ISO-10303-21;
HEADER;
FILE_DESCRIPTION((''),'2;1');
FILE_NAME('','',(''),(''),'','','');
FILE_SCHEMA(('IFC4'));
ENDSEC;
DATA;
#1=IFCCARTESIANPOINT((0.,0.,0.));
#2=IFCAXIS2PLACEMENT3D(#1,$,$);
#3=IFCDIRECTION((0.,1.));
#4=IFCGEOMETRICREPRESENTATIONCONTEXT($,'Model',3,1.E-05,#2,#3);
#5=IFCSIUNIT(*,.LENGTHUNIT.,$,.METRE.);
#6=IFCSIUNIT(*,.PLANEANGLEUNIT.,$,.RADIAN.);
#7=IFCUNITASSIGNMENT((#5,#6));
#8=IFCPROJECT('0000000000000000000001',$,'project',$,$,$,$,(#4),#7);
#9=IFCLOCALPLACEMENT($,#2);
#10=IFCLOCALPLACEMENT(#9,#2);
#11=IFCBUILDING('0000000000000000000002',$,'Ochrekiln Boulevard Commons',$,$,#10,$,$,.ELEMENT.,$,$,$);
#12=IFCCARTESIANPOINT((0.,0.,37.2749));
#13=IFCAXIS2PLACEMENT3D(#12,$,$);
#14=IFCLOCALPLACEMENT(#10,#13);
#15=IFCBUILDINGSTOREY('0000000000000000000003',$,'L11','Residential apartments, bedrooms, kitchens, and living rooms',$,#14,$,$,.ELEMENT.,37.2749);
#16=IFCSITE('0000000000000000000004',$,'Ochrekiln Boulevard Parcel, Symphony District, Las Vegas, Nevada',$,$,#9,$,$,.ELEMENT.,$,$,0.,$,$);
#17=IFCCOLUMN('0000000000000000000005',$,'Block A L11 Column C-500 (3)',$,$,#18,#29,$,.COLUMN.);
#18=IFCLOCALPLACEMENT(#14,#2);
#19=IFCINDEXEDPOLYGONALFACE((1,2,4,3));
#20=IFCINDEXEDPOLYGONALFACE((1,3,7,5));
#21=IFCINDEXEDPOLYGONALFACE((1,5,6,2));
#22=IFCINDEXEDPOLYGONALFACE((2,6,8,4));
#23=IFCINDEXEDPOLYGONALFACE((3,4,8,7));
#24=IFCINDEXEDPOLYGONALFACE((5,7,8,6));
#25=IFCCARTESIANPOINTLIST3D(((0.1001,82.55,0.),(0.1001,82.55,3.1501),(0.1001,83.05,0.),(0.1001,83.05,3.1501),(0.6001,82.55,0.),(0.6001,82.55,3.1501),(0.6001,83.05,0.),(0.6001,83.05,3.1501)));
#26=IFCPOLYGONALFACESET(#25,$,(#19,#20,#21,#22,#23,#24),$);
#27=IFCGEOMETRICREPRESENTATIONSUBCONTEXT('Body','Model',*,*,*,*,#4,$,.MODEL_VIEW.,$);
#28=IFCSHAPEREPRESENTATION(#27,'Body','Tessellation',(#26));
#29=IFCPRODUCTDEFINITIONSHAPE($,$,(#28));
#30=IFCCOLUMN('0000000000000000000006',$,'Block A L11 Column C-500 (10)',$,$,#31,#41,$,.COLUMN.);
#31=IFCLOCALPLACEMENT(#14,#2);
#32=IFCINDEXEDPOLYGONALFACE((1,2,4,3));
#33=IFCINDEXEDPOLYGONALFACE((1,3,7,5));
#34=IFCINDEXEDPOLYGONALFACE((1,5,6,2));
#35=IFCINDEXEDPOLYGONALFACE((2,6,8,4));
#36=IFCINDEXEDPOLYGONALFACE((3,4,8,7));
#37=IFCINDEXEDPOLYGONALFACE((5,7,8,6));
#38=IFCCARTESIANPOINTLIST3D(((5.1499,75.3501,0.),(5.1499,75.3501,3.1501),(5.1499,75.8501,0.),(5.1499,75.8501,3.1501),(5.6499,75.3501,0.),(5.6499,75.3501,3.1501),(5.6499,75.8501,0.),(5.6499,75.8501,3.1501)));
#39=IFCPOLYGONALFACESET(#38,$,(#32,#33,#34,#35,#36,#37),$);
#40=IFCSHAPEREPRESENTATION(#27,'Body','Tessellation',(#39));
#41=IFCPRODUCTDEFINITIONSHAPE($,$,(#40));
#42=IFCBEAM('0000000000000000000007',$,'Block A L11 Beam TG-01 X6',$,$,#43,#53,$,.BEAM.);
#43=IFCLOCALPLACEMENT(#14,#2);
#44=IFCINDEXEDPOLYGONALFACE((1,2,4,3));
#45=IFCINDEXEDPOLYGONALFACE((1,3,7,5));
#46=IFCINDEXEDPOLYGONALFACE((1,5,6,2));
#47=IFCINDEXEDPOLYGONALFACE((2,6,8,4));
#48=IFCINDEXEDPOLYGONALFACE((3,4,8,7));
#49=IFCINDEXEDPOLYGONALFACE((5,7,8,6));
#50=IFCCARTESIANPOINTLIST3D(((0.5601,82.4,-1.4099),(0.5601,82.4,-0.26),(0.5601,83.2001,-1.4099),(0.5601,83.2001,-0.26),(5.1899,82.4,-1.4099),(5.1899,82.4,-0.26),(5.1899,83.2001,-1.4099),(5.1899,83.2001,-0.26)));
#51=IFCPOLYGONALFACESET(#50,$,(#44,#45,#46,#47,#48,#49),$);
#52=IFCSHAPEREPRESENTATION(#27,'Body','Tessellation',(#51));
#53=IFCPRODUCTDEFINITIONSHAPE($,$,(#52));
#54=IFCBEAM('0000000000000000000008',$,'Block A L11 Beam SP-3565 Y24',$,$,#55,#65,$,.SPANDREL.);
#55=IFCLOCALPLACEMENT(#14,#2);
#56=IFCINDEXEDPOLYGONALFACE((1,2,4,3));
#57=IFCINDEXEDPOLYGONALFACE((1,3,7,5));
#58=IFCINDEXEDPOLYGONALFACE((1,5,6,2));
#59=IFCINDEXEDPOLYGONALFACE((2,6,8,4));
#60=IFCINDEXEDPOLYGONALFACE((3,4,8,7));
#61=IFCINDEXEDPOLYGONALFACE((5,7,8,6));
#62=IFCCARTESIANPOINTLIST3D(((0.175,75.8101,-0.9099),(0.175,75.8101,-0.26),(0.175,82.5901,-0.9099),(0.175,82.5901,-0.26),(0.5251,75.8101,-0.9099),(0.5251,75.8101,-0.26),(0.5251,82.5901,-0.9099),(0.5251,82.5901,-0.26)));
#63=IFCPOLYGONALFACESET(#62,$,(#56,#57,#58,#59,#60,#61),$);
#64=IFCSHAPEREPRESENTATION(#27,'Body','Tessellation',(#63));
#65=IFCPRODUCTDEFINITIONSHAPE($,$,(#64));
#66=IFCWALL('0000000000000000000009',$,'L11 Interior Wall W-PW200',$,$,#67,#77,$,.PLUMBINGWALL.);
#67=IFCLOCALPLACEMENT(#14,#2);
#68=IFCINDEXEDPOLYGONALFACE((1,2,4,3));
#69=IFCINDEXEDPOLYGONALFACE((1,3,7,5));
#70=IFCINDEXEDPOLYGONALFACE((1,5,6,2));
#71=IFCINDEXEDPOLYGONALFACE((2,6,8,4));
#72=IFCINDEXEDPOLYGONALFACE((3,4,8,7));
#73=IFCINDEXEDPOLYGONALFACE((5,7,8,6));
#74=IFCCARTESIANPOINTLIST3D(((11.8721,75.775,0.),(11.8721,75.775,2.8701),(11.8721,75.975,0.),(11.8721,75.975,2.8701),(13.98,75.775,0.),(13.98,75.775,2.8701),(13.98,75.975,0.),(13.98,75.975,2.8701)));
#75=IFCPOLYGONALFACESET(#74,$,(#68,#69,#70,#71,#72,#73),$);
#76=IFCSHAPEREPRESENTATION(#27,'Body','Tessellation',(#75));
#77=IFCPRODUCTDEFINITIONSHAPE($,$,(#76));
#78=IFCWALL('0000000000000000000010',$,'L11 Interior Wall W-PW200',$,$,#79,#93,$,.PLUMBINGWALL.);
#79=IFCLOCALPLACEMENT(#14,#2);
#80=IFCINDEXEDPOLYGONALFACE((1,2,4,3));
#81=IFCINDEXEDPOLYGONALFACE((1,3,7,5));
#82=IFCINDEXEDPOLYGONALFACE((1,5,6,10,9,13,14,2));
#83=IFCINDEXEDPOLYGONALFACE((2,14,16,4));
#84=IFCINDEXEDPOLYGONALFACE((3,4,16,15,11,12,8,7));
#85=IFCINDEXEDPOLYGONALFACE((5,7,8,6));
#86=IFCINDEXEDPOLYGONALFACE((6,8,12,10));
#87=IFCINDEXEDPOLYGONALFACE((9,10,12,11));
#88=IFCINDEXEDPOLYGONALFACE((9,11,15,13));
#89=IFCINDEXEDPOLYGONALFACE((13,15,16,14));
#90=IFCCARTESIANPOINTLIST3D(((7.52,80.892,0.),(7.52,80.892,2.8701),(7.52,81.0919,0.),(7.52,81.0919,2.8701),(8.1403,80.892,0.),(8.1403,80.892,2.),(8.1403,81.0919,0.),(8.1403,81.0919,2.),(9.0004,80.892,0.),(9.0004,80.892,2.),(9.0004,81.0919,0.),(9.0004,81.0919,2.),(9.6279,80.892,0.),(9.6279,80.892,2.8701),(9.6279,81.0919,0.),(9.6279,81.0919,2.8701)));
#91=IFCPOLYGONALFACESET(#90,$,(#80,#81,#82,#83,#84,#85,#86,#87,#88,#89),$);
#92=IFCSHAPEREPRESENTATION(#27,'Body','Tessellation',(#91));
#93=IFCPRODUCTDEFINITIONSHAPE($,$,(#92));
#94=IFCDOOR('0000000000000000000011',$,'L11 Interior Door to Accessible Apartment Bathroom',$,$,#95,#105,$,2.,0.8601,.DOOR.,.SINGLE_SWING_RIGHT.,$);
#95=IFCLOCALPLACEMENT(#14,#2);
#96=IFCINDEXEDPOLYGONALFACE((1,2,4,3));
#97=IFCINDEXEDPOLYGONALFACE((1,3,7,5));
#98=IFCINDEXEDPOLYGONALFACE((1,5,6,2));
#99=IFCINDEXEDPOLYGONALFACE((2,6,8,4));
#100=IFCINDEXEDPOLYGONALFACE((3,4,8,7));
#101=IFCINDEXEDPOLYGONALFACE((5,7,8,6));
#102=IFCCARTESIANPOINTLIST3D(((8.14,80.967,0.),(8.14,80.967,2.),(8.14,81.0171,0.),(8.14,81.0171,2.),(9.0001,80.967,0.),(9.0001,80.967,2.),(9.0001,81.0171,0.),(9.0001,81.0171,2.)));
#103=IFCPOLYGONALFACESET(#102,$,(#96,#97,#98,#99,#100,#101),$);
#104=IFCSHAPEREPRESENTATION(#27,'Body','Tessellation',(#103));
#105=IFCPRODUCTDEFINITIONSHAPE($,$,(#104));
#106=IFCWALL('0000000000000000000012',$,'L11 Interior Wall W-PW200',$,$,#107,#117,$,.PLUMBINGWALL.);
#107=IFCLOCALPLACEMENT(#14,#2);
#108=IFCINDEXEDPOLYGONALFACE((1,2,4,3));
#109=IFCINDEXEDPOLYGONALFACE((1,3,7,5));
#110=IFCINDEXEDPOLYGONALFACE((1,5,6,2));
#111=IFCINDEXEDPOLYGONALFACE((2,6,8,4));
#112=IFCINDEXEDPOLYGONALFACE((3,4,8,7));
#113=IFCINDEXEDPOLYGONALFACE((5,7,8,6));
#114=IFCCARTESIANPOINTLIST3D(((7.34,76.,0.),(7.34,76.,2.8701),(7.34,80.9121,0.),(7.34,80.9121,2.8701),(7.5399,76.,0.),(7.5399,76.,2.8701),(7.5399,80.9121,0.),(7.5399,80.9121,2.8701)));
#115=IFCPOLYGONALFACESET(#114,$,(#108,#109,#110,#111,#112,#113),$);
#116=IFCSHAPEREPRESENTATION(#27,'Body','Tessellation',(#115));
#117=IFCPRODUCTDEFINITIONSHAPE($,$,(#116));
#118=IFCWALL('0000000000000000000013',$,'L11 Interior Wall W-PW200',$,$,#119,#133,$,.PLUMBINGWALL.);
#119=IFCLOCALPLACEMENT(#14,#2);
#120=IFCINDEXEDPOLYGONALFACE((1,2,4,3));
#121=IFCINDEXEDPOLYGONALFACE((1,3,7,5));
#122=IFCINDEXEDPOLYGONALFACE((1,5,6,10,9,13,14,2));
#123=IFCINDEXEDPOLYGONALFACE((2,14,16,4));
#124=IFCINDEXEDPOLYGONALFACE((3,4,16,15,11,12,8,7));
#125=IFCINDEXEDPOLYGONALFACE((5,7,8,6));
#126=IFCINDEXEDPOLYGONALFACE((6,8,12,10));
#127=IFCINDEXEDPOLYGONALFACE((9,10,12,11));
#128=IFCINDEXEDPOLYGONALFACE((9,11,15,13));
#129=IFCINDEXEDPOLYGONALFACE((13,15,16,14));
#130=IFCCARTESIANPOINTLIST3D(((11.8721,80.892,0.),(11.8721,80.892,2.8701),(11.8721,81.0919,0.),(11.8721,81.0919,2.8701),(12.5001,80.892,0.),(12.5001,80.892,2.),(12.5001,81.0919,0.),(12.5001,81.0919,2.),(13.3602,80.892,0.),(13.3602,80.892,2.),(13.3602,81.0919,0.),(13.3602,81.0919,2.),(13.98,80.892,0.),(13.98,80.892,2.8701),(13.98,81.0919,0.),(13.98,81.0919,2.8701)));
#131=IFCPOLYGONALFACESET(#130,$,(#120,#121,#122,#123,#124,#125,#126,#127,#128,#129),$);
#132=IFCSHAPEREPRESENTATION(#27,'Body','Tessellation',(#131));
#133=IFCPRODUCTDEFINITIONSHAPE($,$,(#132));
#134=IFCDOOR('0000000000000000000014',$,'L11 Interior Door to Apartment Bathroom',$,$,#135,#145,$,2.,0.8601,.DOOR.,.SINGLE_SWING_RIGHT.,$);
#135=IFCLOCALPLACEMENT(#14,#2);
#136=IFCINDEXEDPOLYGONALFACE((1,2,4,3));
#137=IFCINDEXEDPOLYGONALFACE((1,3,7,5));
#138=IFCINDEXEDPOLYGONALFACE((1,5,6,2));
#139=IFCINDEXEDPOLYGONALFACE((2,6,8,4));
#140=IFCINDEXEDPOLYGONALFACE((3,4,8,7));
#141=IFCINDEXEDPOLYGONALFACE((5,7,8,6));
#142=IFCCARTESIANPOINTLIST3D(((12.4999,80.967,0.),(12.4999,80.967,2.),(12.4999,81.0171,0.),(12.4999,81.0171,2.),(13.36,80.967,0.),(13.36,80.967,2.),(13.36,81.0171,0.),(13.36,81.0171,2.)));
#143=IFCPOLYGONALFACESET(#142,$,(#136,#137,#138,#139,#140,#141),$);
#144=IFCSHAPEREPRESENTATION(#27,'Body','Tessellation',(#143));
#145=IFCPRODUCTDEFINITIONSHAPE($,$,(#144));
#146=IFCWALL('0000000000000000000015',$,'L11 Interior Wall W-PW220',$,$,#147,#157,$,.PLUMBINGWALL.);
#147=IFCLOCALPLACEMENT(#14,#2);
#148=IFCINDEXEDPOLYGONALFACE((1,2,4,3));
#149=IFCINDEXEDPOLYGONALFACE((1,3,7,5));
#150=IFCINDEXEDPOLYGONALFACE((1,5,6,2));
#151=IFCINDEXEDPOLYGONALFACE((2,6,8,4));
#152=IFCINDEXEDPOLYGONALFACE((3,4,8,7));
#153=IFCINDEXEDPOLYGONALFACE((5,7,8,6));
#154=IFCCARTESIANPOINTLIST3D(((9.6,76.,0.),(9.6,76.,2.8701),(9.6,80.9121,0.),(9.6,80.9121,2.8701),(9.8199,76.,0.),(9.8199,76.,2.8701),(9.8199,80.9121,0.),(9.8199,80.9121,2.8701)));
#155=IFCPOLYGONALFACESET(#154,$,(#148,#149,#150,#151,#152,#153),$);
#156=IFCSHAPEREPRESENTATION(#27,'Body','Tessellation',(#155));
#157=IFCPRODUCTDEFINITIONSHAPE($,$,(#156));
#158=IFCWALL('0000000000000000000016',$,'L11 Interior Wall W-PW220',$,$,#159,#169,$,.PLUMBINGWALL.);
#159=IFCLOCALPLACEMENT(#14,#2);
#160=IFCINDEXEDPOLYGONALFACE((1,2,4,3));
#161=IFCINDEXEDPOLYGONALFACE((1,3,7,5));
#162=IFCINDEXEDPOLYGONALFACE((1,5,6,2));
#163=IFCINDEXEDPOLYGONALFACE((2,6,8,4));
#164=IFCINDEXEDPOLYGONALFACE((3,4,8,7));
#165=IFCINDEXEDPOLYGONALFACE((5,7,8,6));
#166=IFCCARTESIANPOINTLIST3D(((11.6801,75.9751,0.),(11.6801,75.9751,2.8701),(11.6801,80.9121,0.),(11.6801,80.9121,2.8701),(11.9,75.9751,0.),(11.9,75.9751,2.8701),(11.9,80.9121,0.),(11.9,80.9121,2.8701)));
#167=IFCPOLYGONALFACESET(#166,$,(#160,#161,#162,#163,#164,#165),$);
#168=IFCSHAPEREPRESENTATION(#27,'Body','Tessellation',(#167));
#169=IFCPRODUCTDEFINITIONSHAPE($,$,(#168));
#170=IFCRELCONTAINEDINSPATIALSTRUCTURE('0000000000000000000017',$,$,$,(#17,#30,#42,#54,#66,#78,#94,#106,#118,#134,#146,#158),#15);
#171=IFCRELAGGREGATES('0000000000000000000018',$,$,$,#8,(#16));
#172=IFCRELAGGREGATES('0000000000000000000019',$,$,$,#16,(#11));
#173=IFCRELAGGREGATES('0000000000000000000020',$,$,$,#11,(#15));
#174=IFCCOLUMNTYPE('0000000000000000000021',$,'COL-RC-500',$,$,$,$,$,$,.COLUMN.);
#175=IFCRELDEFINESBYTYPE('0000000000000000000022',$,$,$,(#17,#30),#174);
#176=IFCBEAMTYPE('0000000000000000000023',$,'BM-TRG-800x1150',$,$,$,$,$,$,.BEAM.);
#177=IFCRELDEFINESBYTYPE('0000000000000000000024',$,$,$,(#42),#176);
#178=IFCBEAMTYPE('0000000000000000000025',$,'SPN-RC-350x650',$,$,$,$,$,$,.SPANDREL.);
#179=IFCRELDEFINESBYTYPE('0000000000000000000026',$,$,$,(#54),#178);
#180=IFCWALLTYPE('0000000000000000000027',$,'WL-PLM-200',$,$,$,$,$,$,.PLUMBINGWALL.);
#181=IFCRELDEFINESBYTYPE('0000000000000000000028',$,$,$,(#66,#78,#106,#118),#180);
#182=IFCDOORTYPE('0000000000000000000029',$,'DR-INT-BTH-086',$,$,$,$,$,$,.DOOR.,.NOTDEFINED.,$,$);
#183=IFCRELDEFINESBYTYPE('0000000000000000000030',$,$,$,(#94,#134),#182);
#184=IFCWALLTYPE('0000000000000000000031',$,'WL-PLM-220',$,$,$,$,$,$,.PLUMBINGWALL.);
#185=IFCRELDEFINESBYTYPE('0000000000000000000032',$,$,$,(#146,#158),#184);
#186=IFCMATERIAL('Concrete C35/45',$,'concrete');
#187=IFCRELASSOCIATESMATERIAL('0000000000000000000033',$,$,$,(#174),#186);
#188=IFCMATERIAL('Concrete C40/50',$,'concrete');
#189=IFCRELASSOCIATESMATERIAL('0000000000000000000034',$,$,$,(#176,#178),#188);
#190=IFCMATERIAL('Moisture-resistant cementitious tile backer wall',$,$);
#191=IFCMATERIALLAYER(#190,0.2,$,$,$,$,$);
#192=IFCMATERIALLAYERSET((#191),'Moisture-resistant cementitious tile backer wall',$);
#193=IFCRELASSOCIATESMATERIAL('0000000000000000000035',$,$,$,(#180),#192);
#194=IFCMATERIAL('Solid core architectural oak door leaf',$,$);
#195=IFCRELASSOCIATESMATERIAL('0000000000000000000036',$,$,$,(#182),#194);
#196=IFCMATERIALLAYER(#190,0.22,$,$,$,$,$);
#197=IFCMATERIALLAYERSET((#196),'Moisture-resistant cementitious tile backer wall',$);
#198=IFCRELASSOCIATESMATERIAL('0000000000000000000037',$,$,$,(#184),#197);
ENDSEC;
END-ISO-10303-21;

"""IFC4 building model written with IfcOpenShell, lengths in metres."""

from ifc_helpers import new_model, si_unit, direction, frame, frame_2d, origin, origin_2d, place, context, subcontext, project, spatial, rectangle, extrude, material, layer, layer_set, material_profile, profile_set, type_object, element, fill, save


model = new_model("IFC4")

# Units and contexts
model_context = context("Model", 3, precision=1e-05, world=origin(), true_north=direction((0.0, 1.0)))
body_context = subcontext(model_context, "Body", "Model", "MODEL_VIEW")
ifc_project = project(units=[si_unit("LENGTHUNIT", "METRE"), si_unit("PLANEANGLEUNIT", "RADIAN")], contexts=[model_context])

# Site, building, storey
site_placement = place(None, origin())
site = spatial("IfcSite", under=ifc_project, at=site_placement, Name="Ochrekiln Boulevard Parcel, Symphony District, Las Vegas, Nevada", CompositionType="ELEMENT", RefElevation=0.0)
building_placement = place(site_placement, origin())
building = spatial("IfcBuilding", under=site, at=building_placement, Name="Ochrekiln Boulevard Commons", CompositionType="ELEMENT")
storey_placement = place(building_placement, frame((0.0, 0.0, 37.2749)))
storey = spatial("IfcBuildingStorey", under=building, at=storey_placement, Name="L11", Description="Residential apartments, bedrooms, kitchens, and living rooms", CompositionType="ELEMENT", Elevation=37.2749)

# Columns
ifc_material_1 = material(Name="Concrete C35/45", Category="concrete")
ifc_material_profile_1 = material_profile(ifc_material_1, rectangle(XDim=0.5, YDim=0.5, at=origin_2d()), Name="RC-COL-500x500")
ifc_profile_set_1 = profile_set([ifc_material_profile_1], Name="Concrete C35/45")
column_type = type_object("IfcColumnType", Name="COL-RC-500", PredefinedType="COLUMN", material=ifc_profile_set_1)
for number, where, z_axis, x_axis, name in (
    (1, (0.3501, 82.8, 0.0), (0.0, 0.0, 1.0), (1.0, 0.0, 0.0), "Block A L11 Column C-500 (3)"),
    (2, (5.3999, 75.6001, 0.0), (0.0, 0.0, 1.0), (1.0, 0.0, 0.0), "Block A L11 Column C-500 (10)"),
):
    element("IfcColumn", number, at=place(storey_placement, frame(where, z_axis=z_axis, x_axis=x_axis)), inside=storey, type_object=column_type, Name=name, PredefinedType="COLUMN", context=body_context, shape_type="SweptSolid", body=[
        extrude(rectangle(XDim=0.5, YDim=0.5, at=origin_2d()), origin(), (0.0, 0.0, 1.0), 3.1501),
    ])

# Beams
ifc_material_2 = material(Name="Concrete C40/50", Category="concrete")
ifc_material_profile_2 = material_profile(ifc_material_2, rectangle(XDim=0.8, YDim=1.1499, at=origin_2d()), Name="RC-TRG-800x1150")
ifc_profile_set_2 = profile_set([ifc_material_profile_2], Name="Concrete C40/50")
beam_type_1 = type_object("IfcBeamType", Name="BM-TRG-800x1150", PredefinedType="BEAM", material=ifc_profile_set_2)
beam_1_placement = place(storey_placement, frame((0.5601, 82.8, -0.835), z_axis=(1.0, 0.0, 0.0), x_axis=(0.0, 1.0, 0.0)))
element("IfcBeam", 3, at=beam_1_placement, inside=storey, type_object=beam_type_1, Name="Block A L11 Beam TG-01 X6", PredefinedType="BEAM", context=body_context, shape_type="SweptSolid", body=[
    extrude(rectangle(XDim=0.8, YDim=1.1499, at=origin_2d()), origin(), (0.0, 0.0, 1.0), 4.6299),
])
ifc_material_profile_3 = material_profile(ifc_material_2, rectangle(XDim=0.3501, YDim=0.6499, at=origin_2d()), Name="RC-SPN-350x650")
ifc_profile_set_3 = profile_set([ifc_material_profile_3], Name="Concrete C40/50")
beam_type_2 = type_object("IfcBeamType", Name="SPN-RC-350x650", PredefinedType="SPANDREL", material=ifc_profile_set_3)
beam_2_placement = place(storey_placement, frame((0.3501, 75.8101, -0.585), z_axis=(0.0, 1.0, 0.0), x_axis=(-1.0, 0.0, 0.0)))
element("IfcBeam", 4, at=beam_2_placement, inside=storey, type_object=beam_type_2, Name="Block A L11 Beam SP-3565 Y24", PredefinedType="SPANDREL", context=body_context, shape_type="SweptSolid", body=[
    extrude(rectangle(XDim=0.3501, YDim=0.6499, at=origin_2d()), origin(), (0.0, 0.0, 1.0), 6.78),
])

# Wall
ifc_material_3 = material(Name="Moisture-resistant cementitious tile backer wall")
ifc_layer_1 = layer(ifc_material_3, 0.2)
ifc_layer_set_1 = layer_set([ifc_layer_1], Name="Moisture-resistant cementitious tile backer wall")
wall_type_1 = type_object("IfcWallType", Name="WL-PLM-200", PredefinedType="PLUMBINGWALL", material=ifc_layer_set_1)
wall_1_placement = place(storey_placement, frame((11.8721, 75.875, 0.0), z_axis=(0.0, 0.0, 1.0), x_axis=(1.0, 0.0, 0.0)))
element("IfcWall", 5, at=wall_1_placement, inside=storey, type_object=wall_type_1, Name="L11 Interior Wall W-PW200", PredefinedType="PLUMBINGWALL", context=body_context, shape_type="SweptSolid", body=[
    extrude(rectangle(XDim=2.1079, YDim=0.2, at=frame_2d((1.054, 0.0))), origin(), (0.0, 0.0, 1.0), 2.8701),
])

# Wall, opening, door
wall_2_placement = place(storey_placement, frame((7.52, 80.9919, 0.0), z_axis=(0.0, 0.0, 1.0), x_axis=(1.0, 0.0, 0.0)))
wall_2 = element("IfcWall", 6, at=wall_2_placement, inside=storey, type_object=wall_type_1, Name="L11 Interior Wall W-PW200", PredefinedType="PLUMBINGWALL", context=body_context, shape_type="SweptSolid", body=[
    extrude(rectangle(XDim=2.1079, YDim=0.2, at=frame_2d((1.054, 0.0))), origin(), (0.0, 0.0, 1.0), 2.8701),
])
opening_1_placement = place(wall_2_placement, frame((0.6201, 0.0, 0.0)))
opening_1 = element("IfcOpeningElement", 7, at=opening_1_placement, cuts=wall_2, PredefinedType="OPENING", context=body_context, shape_type="SweptSolid", body=[
    extrude(rectangle(XDim=0.8601, YDim=2.0, at=frame_2d((0.4302, 1.0))), frame((0.0, 0.1099, 0.0), z_axis=(0.0, -1.0, 0.0), x_axis=(1.0, 0.0, 0.0)), (0.0, 0.0, 1.0), 0.22),
])
ifc_material_4 = material(Name="Solid core architectural oak door leaf")
door_type_1 = type_object("IfcDoorType", Name="DR-INT-BTH-086", OperationType="NOTDEFINED", PredefinedType="DOOR", material=ifc_material_4)
door_1_placement = place(opening_1_placement, frame((0.8601, 0.0, 0.0), z_axis=(0.0, 0.0, 1.0), x_axis=(-1.0, 0.0, 0.0)))
door_1 = element("IfcDoor", 8, at=door_1_placement, inside=storey, type_object=door_type_1, Name="L11 Interior Door to Accessible Apartment Bathroom", OperationType="SINGLE_SWING_RIGHT", OverallHeight=2.0, OverallWidth=0.8601, PredefinedType="DOOR", context=body_context, shape_type="SweptSolid", body=[
    extrude(rectangle(XDim=0.8601, YDim=2.0, at=frame_2d((0.4302, 1.0))), frame((0.0, 0.0249, 0.0), z_axis=(0.0, -1.0, 0.0), x_axis=(1.0, 0.0, 0.0)), (0.0, 0.0, 1.0), 0.05),
])
fill(opening_1, door_1)

# Wall
wall_3_placement = place(storey_placement, frame((7.4399, 76.0, 0.0), z_axis=(0.0, 0.0, 1.0), x_axis=(0.0, 1.0, 0.0)))
element("IfcWall", 9, at=wall_3_placement, inside=storey, type_object=wall_type_1, Name="L11 Interior Wall W-PW200", PredefinedType="PLUMBINGWALL", context=body_context, shape_type="SweptSolid", body=[
    extrude(rectangle(XDim=4.9121, YDim=0.2, at=frame_2d((2.4561, 0.0))), origin(), (0.0, 0.0, 1.0), 2.8701),
])

# Wall, opening, door
wall_4_placement = place(storey_placement, frame((11.8721, 80.9919, 0.0), z_axis=(0.0, 0.0, 1.0), x_axis=(1.0, 0.0, 0.0)))
wall_4 = element("IfcWall", 10, at=wall_4_placement, inside=storey, type_object=wall_type_1, Name="L11 Interior Wall W-PW200", PredefinedType="PLUMBINGWALL", context=body_context, shape_type="SweptSolid", body=[
    extrude(rectangle(XDim=2.1079, YDim=0.2, at=frame_2d((1.054, 0.0))), origin(), (0.0, 0.0, 1.0), 2.8701),
])
opening_2_placement = place(wall_4_placement, frame((0.6279, 0.0, 0.0)))
opening_2 = element("IfcOpeningElement", 11, at=opening_2_placement, cuts=wall_4, PredefinedType="OPENING", context=body_context, shape_type="SweptSolid", body=[
    extrude(rectangle(XDim=0.8601, YDim=2.0, at=frame_2d((0.4302, 1.0))), frame((0.0, 0.1099, 0.0), z_axis=(0.0, -1.0, 0.0), x_axis=(1.0, 0.0, 0.0)), (0.0, 0.0, 1.0), 0.22),
])
door_2_placement = place(opening_2_placement, frame((0.8601, 0.0, 0.0), z_axis=(0.0, 0.0, 1.0), x_axis=(-1.0, 0.0, 0.0)))
door_2 = element("IfcDoor", 12, at=door_2_placement, inside=storey, type_object=door_type_1, Name="L11 Interior Door to Apartment Bathroom", OperationType="SINGLE_SWING_RIGHT", OverallHeight=2.0, OverallWidth=0.8601, PredefinedType="DOOR", context=body_context, shape_type="SweptSolid", body=[
    extrude(rectangle(XDim=0.8601, YDim=2.0, at=frame_2d((0.4302, 1.0))), frame((0.0, 0.0249, 0.0), z_axis=(0.0, -1.0, 0.0), x_axis=(1.0, 0.0, 0.0)), (0.0, 0.0, 1.0), 0.05),
])
fill(opening_2, door_2)

# Walls
ifc_layer_2 = layer(ifc_material_3, 0.22)
ifc_layer_set_2 = layer_set([ifc_layer_2], Name="Moisture-resistant cementitious tile backer wall")
wall_type_2 = type_object("IfcWallType", Name="WL-PLM-220", PredefinedType="PLUMBINGWALL", material=ifc_layer_set_2)
wall_5_placement = place(storey_placement, frame((9.71, 76.0, 0.0), z_axis=(0.0, 0.0, 1.0), x_axis=(0.0, 1.0, 0.0)))
element("IfcWall", 13, at=wall_5_placement, inside=storey, type_object=wall_type_2, Name="L11 Interior Wall W-PW220", PredefinedType="PLUMBINGWALL", context=body_context, shape_type="SweptSolid", body=[
    extrude(rectangle(XDim=4.9121, YDim=0.22, at=frame_2d((2.4561, 0.0))), origin(), (0.0, 0.0, 1.0), 2.8701),
])
wall_6_placement = place(storey_placement, frame((11.79, 75.9751, 0.0), z_axis=(0.0, 0.0, 1.0), x_axis=(0.0, 1.0, 0.0)))
element("IfcWall", 14, at=wall_6_placement, inside=storey, type_object=wall_type_2, Name="L11 Interior Wall W-PW220", PredefinedType="PLUMBINGWALL", context=body_context, shape_type="SweptSolid", body=[
    extrude(rectangle(XDim=4.937, YDim=0.22, at=frame_2d((2.4685, 0.0))), origin(), (0.0, 0.0, 1.0), 2.8701),
])

save(model, "model.ifc")
